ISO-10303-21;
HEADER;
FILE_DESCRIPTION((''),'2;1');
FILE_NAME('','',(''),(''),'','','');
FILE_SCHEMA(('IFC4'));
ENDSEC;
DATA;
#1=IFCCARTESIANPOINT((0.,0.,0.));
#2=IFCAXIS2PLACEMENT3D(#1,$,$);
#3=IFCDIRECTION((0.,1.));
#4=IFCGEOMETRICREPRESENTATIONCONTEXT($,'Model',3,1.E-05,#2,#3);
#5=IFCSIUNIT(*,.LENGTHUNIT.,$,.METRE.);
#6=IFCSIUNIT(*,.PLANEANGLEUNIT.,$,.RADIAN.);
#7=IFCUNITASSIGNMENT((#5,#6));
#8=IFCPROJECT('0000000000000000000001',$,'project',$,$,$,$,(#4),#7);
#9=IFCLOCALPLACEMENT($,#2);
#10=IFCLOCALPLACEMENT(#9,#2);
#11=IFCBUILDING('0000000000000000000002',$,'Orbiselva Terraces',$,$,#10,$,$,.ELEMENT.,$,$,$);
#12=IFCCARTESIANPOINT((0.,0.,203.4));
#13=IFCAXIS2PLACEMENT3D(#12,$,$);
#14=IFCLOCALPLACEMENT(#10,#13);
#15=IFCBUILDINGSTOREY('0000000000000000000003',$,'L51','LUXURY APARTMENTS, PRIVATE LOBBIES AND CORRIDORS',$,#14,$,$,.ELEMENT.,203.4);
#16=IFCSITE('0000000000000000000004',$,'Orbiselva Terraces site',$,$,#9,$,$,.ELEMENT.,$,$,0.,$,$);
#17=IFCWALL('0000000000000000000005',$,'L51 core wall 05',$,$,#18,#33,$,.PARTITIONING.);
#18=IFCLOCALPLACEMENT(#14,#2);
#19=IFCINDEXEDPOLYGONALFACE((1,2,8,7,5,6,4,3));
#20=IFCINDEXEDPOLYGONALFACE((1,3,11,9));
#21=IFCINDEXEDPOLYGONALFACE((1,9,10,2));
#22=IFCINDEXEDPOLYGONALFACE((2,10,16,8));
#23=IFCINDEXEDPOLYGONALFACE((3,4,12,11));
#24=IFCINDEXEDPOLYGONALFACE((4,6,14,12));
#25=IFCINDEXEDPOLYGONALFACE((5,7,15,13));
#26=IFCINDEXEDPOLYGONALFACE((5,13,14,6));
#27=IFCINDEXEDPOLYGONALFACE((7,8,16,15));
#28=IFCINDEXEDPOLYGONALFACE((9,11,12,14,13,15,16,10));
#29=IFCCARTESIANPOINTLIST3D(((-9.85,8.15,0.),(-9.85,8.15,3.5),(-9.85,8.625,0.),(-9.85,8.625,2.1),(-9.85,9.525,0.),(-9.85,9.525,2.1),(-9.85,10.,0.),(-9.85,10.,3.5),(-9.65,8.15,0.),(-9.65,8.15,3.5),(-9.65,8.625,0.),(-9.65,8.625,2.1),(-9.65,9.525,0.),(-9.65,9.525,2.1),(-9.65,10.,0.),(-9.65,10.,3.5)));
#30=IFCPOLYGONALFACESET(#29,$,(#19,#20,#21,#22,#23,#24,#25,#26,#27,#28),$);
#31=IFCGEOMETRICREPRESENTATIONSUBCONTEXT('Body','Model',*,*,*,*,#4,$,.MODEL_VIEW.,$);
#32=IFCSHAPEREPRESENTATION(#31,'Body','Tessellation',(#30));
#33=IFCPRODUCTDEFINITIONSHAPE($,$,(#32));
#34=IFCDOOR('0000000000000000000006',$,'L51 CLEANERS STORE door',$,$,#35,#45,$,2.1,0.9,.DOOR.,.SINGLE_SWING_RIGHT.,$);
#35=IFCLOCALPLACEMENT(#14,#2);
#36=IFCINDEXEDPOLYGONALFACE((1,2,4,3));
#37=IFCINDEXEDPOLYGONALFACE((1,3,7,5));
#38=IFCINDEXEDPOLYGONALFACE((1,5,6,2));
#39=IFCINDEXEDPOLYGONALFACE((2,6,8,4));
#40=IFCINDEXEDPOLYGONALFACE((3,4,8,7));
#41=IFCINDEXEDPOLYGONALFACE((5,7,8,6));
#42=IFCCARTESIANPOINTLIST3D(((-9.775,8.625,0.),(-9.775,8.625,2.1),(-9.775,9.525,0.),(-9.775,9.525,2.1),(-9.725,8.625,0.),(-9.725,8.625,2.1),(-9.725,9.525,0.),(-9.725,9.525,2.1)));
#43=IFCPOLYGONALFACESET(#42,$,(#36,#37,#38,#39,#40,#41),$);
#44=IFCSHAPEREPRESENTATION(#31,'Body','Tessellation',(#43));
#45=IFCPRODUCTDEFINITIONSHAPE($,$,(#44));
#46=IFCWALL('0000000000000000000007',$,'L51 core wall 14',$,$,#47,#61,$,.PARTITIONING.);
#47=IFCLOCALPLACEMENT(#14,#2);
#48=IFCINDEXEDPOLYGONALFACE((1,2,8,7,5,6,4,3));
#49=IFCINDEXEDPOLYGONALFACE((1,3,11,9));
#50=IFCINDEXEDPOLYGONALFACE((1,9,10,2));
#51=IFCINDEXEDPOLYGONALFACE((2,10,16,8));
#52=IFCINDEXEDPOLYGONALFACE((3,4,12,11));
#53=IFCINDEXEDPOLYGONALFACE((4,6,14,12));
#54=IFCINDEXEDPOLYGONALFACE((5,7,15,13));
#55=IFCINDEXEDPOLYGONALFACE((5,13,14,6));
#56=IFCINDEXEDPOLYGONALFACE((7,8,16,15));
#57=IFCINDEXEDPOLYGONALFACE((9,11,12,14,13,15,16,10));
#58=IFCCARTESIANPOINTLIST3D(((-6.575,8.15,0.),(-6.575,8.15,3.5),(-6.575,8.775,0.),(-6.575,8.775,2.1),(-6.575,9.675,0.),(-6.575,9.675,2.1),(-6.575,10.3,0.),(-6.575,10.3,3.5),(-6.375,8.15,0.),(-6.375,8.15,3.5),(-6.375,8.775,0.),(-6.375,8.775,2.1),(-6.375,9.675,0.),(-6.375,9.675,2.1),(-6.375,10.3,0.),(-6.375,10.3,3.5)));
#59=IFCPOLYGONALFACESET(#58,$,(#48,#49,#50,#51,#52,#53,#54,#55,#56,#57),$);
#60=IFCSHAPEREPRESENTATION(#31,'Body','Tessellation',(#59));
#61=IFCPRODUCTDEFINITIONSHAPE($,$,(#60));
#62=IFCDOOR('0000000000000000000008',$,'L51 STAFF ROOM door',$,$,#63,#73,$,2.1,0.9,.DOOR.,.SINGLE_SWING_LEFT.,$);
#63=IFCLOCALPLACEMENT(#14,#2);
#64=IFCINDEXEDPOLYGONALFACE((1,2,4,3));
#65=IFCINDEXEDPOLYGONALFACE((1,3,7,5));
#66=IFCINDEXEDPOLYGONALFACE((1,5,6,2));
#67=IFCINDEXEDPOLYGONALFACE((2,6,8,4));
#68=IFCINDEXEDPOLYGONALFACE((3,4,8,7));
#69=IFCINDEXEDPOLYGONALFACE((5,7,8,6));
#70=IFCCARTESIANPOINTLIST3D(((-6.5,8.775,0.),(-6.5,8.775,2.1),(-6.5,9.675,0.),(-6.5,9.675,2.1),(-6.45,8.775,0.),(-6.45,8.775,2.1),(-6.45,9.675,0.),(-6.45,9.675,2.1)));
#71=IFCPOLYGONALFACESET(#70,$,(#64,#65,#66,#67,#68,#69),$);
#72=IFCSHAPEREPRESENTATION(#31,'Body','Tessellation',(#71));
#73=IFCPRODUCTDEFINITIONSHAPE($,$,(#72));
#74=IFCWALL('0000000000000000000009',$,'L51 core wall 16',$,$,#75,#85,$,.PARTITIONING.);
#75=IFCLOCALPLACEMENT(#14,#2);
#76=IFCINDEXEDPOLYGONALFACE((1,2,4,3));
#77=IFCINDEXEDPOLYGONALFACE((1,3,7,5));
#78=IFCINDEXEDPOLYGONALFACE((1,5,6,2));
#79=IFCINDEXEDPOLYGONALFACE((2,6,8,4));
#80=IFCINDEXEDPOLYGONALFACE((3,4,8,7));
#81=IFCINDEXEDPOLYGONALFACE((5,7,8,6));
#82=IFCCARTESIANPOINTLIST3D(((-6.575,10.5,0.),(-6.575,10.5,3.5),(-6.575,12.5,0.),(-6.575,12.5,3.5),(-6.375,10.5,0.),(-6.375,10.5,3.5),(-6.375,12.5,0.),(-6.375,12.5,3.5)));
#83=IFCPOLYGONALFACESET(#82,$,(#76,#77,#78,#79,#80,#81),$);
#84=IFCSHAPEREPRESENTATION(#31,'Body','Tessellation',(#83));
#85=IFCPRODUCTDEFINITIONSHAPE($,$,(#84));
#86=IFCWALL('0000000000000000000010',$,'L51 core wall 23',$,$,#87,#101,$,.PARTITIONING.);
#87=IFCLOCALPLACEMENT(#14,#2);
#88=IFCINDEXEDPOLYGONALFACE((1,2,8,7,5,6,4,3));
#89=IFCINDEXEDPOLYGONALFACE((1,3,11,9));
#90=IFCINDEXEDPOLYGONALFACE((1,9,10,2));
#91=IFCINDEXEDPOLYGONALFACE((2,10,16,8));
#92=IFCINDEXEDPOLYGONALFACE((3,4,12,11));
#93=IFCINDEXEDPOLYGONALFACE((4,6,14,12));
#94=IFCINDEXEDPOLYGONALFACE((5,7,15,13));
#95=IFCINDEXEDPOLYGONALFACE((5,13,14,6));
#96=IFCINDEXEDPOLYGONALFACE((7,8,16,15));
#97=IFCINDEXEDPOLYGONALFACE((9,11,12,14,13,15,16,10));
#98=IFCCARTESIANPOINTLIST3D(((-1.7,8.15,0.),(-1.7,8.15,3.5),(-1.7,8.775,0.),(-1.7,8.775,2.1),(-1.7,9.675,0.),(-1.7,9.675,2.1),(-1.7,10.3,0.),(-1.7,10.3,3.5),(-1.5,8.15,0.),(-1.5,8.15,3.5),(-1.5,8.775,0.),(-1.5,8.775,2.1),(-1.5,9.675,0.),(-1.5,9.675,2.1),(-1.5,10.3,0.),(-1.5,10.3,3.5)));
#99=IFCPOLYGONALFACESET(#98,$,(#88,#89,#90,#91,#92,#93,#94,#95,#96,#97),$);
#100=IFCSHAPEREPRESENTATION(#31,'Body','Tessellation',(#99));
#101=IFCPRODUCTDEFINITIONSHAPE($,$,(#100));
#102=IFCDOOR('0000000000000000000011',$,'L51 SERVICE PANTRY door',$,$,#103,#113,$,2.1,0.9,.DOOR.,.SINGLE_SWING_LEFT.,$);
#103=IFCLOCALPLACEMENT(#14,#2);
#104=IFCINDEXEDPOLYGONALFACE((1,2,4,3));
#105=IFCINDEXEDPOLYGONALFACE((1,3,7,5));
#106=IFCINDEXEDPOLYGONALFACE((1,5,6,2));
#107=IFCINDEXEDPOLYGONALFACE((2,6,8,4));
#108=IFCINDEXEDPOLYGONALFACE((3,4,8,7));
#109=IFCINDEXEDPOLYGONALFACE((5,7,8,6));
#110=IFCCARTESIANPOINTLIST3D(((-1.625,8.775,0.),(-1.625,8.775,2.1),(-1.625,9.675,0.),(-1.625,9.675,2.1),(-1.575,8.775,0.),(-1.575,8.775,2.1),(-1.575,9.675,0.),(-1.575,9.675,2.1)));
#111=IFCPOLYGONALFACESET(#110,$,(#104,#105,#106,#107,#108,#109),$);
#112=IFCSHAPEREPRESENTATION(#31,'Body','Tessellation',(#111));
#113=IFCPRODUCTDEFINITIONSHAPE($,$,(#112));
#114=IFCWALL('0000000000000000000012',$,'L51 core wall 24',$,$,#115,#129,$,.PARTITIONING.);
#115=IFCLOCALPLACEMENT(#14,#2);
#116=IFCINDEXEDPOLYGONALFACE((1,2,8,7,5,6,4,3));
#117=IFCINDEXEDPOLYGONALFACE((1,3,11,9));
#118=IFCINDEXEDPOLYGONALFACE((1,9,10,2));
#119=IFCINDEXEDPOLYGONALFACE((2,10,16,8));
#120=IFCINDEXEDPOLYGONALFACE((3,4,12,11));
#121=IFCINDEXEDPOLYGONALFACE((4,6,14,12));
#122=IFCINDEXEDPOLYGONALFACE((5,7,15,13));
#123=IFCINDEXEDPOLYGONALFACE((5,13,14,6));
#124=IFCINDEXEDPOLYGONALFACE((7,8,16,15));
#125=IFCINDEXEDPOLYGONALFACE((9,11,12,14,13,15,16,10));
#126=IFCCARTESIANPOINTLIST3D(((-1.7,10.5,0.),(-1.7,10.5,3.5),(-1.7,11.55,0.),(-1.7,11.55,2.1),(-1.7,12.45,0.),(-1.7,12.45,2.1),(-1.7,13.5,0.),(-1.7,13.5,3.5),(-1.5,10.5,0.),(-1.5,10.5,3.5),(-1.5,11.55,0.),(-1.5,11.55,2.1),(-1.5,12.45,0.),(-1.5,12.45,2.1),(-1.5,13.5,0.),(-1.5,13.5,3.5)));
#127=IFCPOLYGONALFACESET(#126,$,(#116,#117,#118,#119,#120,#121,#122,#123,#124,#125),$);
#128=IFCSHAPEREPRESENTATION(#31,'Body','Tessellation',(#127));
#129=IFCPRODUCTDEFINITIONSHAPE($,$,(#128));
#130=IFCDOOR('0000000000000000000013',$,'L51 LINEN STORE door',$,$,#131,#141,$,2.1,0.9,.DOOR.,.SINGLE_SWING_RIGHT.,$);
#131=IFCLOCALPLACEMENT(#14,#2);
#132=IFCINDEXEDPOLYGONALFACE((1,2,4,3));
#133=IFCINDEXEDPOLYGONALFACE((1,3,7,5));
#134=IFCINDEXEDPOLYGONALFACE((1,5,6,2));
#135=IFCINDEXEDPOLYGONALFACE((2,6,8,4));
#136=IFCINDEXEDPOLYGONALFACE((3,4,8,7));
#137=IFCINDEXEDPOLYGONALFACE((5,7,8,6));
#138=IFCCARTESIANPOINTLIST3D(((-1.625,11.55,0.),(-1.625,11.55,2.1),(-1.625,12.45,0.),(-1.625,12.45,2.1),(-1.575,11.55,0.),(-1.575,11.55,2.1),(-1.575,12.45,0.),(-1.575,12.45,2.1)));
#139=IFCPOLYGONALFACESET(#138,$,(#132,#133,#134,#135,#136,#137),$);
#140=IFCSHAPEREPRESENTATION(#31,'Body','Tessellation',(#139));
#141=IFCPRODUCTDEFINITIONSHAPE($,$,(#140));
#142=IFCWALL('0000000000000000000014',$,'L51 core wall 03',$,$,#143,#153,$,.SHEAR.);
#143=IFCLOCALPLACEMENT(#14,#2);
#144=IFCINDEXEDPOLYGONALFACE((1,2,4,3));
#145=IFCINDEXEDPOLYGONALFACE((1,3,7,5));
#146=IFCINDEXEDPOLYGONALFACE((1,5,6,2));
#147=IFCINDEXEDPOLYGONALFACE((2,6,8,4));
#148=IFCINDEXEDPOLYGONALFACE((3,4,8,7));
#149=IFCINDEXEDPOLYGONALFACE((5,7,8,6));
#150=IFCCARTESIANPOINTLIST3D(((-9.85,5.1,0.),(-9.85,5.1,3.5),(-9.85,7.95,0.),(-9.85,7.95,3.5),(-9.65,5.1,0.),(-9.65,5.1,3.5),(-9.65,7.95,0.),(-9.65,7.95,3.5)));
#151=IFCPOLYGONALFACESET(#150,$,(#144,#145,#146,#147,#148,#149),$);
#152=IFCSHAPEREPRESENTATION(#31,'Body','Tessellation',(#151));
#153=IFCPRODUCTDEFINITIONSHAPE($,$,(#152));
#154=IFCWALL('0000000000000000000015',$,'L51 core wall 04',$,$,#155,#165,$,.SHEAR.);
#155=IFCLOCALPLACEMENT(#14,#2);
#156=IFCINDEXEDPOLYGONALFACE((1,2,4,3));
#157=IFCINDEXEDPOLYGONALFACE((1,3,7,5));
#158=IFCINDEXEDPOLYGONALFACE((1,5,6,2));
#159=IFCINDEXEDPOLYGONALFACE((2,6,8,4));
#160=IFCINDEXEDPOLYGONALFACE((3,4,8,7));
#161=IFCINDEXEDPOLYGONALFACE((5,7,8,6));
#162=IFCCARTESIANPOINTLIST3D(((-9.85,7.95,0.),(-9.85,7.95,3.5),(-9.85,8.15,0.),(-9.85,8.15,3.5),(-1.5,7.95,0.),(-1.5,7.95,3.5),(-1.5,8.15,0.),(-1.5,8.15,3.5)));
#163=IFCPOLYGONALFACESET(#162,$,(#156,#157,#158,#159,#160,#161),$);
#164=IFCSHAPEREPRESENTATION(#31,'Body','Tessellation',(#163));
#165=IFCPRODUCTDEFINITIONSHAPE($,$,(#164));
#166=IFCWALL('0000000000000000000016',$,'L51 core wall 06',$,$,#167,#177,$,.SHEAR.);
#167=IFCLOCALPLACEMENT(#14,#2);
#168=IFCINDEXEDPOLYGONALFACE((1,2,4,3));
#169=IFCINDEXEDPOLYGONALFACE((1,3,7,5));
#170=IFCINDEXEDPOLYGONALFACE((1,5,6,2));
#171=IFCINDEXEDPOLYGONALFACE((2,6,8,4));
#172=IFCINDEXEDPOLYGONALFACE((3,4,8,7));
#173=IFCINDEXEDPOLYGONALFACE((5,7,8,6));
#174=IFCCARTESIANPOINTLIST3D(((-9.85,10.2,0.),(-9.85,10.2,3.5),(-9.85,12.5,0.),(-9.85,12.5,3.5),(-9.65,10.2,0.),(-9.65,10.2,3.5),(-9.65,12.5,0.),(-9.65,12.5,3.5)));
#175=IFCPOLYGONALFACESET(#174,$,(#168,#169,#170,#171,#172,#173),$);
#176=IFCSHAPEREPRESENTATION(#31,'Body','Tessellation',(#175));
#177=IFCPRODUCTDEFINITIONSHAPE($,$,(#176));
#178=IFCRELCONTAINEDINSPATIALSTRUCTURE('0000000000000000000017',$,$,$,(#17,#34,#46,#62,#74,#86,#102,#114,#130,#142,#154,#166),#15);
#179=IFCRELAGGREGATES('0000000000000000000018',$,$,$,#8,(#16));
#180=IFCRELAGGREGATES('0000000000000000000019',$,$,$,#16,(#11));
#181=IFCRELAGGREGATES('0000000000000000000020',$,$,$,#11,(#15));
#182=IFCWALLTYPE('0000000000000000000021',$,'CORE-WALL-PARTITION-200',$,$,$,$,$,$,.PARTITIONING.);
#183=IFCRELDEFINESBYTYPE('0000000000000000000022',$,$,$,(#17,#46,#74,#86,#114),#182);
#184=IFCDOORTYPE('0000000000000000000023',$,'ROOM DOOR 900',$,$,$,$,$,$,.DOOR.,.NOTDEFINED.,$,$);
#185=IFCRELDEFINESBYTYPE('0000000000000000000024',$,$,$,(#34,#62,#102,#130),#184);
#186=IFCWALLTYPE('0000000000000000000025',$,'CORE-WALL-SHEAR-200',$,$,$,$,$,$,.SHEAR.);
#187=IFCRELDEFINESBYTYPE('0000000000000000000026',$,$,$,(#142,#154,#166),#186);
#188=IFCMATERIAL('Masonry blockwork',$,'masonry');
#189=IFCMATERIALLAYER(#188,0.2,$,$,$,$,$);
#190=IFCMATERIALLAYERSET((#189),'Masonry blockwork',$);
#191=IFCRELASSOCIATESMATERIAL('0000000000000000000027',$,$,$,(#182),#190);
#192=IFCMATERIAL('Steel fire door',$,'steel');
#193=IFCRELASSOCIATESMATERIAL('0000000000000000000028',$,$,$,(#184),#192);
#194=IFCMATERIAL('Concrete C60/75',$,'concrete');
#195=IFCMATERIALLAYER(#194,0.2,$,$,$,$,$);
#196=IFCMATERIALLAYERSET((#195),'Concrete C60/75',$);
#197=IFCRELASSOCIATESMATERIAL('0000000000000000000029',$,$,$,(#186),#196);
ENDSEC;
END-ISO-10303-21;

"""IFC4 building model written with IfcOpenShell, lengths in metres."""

from ifc_helpers import new_model, si_unit, direction, frame, frame_2d, origin, place, context, subcontext, project, spatial, rectangle, extrude, material, layer, layer_set, type_object, element, fill, save


model = new_model("IFC4")

# Units and contexts
model_context = context("Model", 3, precision=1e-05, world=origin(), true_north=direction((0.0, 1.0)))
body_context = subcontext(model_context, "Body", "Model", "MODEL_VIEW")
ifc_project = project(units=[si_unit("LENGTHUNIT", "METRE"), si_unit("PLANEANGLEUNIT", "RADIAN")], contexts=[model_context])

# Site, building, storey
site_placement = place(None, origin())
site = spatial("IfcSite", under=ifc_project, at=site_placement, Name="Orbiselva Terraces site", CompositionType="ELEMENT", RefElevation=0.0)
building_placement = place(site_placement, origin())
building = spatial("IfcBuilding", under=site, at=building_placement, Name="Orbiselva Terraces", CompositionType="ELEMENT")
storey_placement = place(building_placement, frame((0.0, 0.0, 203.4)))
storey = spatial("IfcBuildingStorey", under=building, at=storey_placement, Name="L51", Description="LUXURY APARTMENTS, PRIVATE LOBBIES AND CORRIDORS", CompositionType="ELEMENT", Elevation=203.4)

# Walls, openings, doors
ifc_material_1 = material(Name="Masonry blockwork", Category="masonry")
ifc_layer_1 = layer(ifc_material_1, 0.2)
ifc_layer_set_1 = layer_set([ifc_layer_1], Name="Masonry blockwork")
wall_type_1 = type_object("IfcWallType", Name="CORE-WALL-PARTITION-200", PredefinedType="PARTITIONING", material=ifc_layer_set_1)
wall_1_placement = place(storey_placement, frame((-9.75, 8.15, 0.0), z_axis=(0.0, 0.0, 1.0), x_axis=(0.0, 1.0, 0.0)))
wall_1 = element("IfcWall", 1, at=wall_1_placement, inside=storey, type_object=wall_type_1, Name="L51 core wall 05", PredefinedType="PARTITIONING", context=body_context, shape_type="SweptSolid", body=[
    extrude(rectangle(XDim=1.85, YDim=0.2, at=frame_2d((0.925, 0.0))), origin(), (0.0, 0.0, 1.0), 3.5),
])
opening_1_placement = place(wall_1_placement, frame((0.475, 0.0, 0.0)))
opening_1 = element("IfcOpeningElement", 2, at=opening_1_placement, cuts=wall_1, PredefinedType="OPENING", context=body_context, shape_type="SweptSolid", body=[
    extrude(rectangle(XDim=0.9, YDim=2.1, at=frame_2d((0.45, 1.05))), frame((0.0, 0.11, 0.0), z_axis=(0.0, -1.0, 0.0), x_axis=(1.0, 0.0, 0.0)), (0.0, 0.0, 1.0), 0.22),
])
ifc_material_2 = material(Name="Steel fire door", Category="steel")
door_type = type_object("IfcDoorType", Name="ROOM DOOR 900", OperationType="NOTDEFINED", PredefinedType="DOOR", material=ifc_material_2)
door_1_placement = place(opening_1_placement, origin())
door_1 = element("IfcDoor", 3, at=door_1_placement, inside=storey, type_object=door_type, Name="L51 CLEANERS STORE door", OperationType="SINGLE_SWING_RIGHT", OverallHeight=2.1, OverallWidth=0.9, PredefinedType="DOOR", context=body_context, shape_type="SweptSolid", body=[
    extrude(rectangle(XDim=0.9, YDim=2.1, at=frame_2d((0.45, 1.05))), frame((0.0, 0.025, 0.0), z_axis=(0.0, -1.0, 0.0), x_axis=(1.0, 0.0, 0.0)), (0.0, 0.0, 1.0), 0.05),
])
fill(opening_1, door_1)
wall_2_placement = place(storey_placement, frame((-6.475, 8.15, 0.0), z_axis=(0.0, 0.0, 1.0), x_axis=(0.0, 1.0, 0.0)))
wall_2 = element("IfcWall", 4, at=wall_2_placement, inside=storey, type_object=wall_type_1, Name="L51 core wall 14", PredefinedType="PARTITIONING", context=body_context, shape_type="SweptSolid", body=[
    extrude(rectangle(XDim=2.15, YDim=0.2, at=frame_2d((1.075, 0.0))), origin(), (0.0, 0.0, 1.0), 3.5),
])
opening_2_placement = place(wall_2_placement, frame((0.625, 0.0, 0.0)))
opening_2 = element("IfcOpeningElement", 5, at=opening_2_placement, cuts=wall_2, PredefinedType="OPENING", context=body_context, shape_type="SweptSolid", body=[
    extrude(rectangle(XDim=0.9, YDim=2.1, at=frame_2d((0.45, 1.05))), frame((0.0, 0.11, 0.0), z_axis=(0.0, -1.0, 0.0), x_axis=(1.0, 0.0, 0.0)), (0.0, 0.0, 1.0), 0.22),
])
door_2_placement = place(opening_2_placement, origin())
door_2 = element("IfcDoor", 6, at=door_2_placement, inside=storey, type_object=door_type, Name="L51 STAFF ROOM door", OperationType="SINGLE_SWING_LEFT", OverallHeight=2.1, OverallWidth=0.9, PredefinedType="DOOR", context=body_context, shape_type="SweptSolid", body=[
    extrude(rectangle(XDim=0.9, YDim=2.1, at=frame_2d((0.45, 1.05))), frame((0.0, 0.025, 0.0), z_axis=(0.0, -1.0, 0.0), x_axis=(1.0, 0.0, 0.0)), (0.0, 0.0, 1.0), 0.05),
])
fill(opening_2, door_2)

# Wall
wall_3_placement = place(storey_placement, frame((-6.475, 10.5, 0.0), z_axis=(0.0, 0.0, 1.0), x_axis=(0.0, 1.0, 0.0)))
element("IfcWall", 7, at=wall_3_placement, inside=storey, type_object=wall_type_1, Name="L51 core wall 16", PredefinedType="PARTITIONING", context=body_context, shape_type="SweptSolid", body=[
    extrude(rectangle(XDim=2.0, YDim=0.2, at=frame_2d((1.0, 0.0))), origin(), (0.0, 0.0, 1.0), 3.5),
])

# Walls, openings, doors
wall_4_placement = place(storey_placement, frame((-1.6, 8.15, 0.0), z_axis=(0.0, 0.0, 1.0), x_axis=(0.0, 1.0, 0.0)))
wall_4 = element("IfcWall", 8, at=wall_4_placement, inside=storey, type_object=wall_type_1, Name="L51 core wall 23", PredefinedType="PARTITIONING", context=body_context, shape_type="SweptSolid", body=[
    extrude(rectangle(XDim=2.15, YDim=0.2, at=frame_2d((1.075, 0.0))), origin(), (0.0, 0.0, 1.0), 3.5),
])
opening_3_placement = place(wall_4_placement, frame((0.625, 0.0, 0.0)))
opening_3 = element("IfcOpeningElement", 9, at=opening_3_placement, cuts=wall_4, PredefinedType="OPENING", context=body_context, shape_type="SweptSolid", body=[
    extrude(rectangle(XDim=0.9, YDim=2.1, at=frame_2d((0.45, 1.05))), frame((0.0, 0.11, 0.0), z_axis=(0.0, -1.0, 0.0), x_axis=(1.0, 0.0, 0.0)), (0.0, 0.0, 1.0), 0.22),
])
door_3_placement = place(opening_3_placement, origin())
door_3 = element("IfcDoor", 10, at=door_3_placement, inside=storey, type_object=door_type, Name="L51 SERVICE PANTRY door", OperationType="SINGLE_SWING_LEFT", OverallHeight=2.1, OverallWidth=0.9, PredefinedType="DOOR", context=body_context, shape_type="SweptSolid", body=[
    extrude(rectangle(XDim=0.9, YDim=2.1, at=frame_2d((0.45, 1.05))), frame((0.0, 0.025, 0.0), z_axis=(0.0, -1.0, 0.0), x_axis=(1.0, 0.0, 0.0)), (0.0, 0.0, 1.0), 0.05),
])
fill(opening_3, door_3)
wall_5_placement = place(storey_placement, frame((-1.6, 10.5, 0.0), z_axis=(0.0, 0.0, 1.0), x_axis=(0.0, 1.0, 0.0)))
wall_5 = element("IfcWall", 11, at=wall_5_placement, inside=storey, type_object=wall_type_1, Name="L51 core wall 24", PredefinedType="PARTITIONING", context=body_context, shape_type="SweptSolid", body=[
    extrude(rectangle(XDim=3.0, YDim=0.2, at=frame_2d((1.5, 0.0))), origin(), (0.0, 0.0, 1.0), 3.5),
])
opening_4_placement = place(wall_5_placement, frame((1.05, 0.0, 0.0)))
opening_4 = element("IfcOpeningElement", 12, at=opening_4_placement, cuts=wall_5, PredefinedType="OPENING", context=body_context, shape_type="SweptSolid", body=[
    extrude(rectangle(XDim=0.9, YDim=2.1, at=frame_2d((0.45, 1.05))), frame((0.0, 0.11, 0.0), z_axis=(0.0, -1.0, 0.0), x_axis=(1.0, 0.0, 0.0)), (0.0, 0.0, 1.0), 0.22),
])
door_4_placement = place(opening_4_placement, origin())
door_4 = element("IfcDoor", 13, at=door_4_placement, inside=storey, type_object=door_type, Name="L51 LINEN STORE door", OperationType="SINGLE_SWING_RIGHT", OverallHeight=2.1, OverallWidth=0.9, PredefinedType="DOOR", context=body_context, shape_type="SweptSolid", body=[
    extrude(rectangle(XDim=0.9, YDim=2.1, at=frame_2d((0.45, 1.05))), frame((0.0, 0.025, 0.0), z_axis=(0.0, -1.0, 0.0), x_axis=(1.0, 0.0, 0.0)), (0.0, 0.0, 1.0), 0.05),
])
fill(opening_4, door_4)

# Walls
ifc_material_3 = material(Name="Concrete C60/75", Category="concrete")
ifc_layer_2 = layer(ifc_material_3, 0.2)
ifc_layer_set_2 = layer_set([ifc_layer_2], Name="Concrete C60/75")
wall_type_2 = type_object("IfcWallType", Name="CORE-WALL-SHEAR-200", PredefinedType="SHEAR", material=ifc_layer_set_2)
wall_6_placement = place(storey_placement, frame((-9.75, 5.1, 0.0), z_axis=(0.0, 0.0, 1.0), x_axis=(0.0, 1.0, 0.0)))
element("IfcWall", 14, at=wall_6_placement, inside=storey, type_object=wall_type_2, Name="L51 core wall 03", PredefinedType="SHEAR", context=body_context, shape_type="SweptSolid", body=[
    extrude(rectangle(XDim=2.85, YDim=0.2, at=frame_2d((1.425, 0.0))), origin(), (0.0, 0.0, 1.0), 3.5),
])
wall_7_placement = place(storey_placement, frame((-9.85, 8.05, 0.0), z_axis=(0.0, 0.0, 1.0), x_axis=(1.0, 0.0, 0.0)))
element("IfcWall", 15, at=wall_7_placement, inside=storey, type_object=wall_type_2, Name="L51 core wall 04", PredefinedType="SHEAR", context=body_context, shape_type="SweptSolid", body=[
    extrude(rectangle(XDim=8.35, YDim=0.2, at=frame_2d((4.175, 0.0))), origin(), (0.0, 0.0, 1.0), 3.5),
])
wall_8_placement = place(storey_placement, frame((-9.75, 10.2, 0.0), z_axis=(0.0, 0.0, 1.0), x_axis=(0.0, 1.0, 0.0)))
element("IfcWall", 16, at=wall_8_placement, inside=storey, type_object=wall_type_2, Name="L51 core wall 06", PredefinedType="SHEAR", context=body_context, shape_type="SweptSolid", body=[
    extrude(rectangle(XDim=2.3, YDim=0.2, at=frame_2d((1.15, 0.0))), origin(), (0.0, 0.0, 1.0), 3.5),
])

save(model, "model.ifc")
